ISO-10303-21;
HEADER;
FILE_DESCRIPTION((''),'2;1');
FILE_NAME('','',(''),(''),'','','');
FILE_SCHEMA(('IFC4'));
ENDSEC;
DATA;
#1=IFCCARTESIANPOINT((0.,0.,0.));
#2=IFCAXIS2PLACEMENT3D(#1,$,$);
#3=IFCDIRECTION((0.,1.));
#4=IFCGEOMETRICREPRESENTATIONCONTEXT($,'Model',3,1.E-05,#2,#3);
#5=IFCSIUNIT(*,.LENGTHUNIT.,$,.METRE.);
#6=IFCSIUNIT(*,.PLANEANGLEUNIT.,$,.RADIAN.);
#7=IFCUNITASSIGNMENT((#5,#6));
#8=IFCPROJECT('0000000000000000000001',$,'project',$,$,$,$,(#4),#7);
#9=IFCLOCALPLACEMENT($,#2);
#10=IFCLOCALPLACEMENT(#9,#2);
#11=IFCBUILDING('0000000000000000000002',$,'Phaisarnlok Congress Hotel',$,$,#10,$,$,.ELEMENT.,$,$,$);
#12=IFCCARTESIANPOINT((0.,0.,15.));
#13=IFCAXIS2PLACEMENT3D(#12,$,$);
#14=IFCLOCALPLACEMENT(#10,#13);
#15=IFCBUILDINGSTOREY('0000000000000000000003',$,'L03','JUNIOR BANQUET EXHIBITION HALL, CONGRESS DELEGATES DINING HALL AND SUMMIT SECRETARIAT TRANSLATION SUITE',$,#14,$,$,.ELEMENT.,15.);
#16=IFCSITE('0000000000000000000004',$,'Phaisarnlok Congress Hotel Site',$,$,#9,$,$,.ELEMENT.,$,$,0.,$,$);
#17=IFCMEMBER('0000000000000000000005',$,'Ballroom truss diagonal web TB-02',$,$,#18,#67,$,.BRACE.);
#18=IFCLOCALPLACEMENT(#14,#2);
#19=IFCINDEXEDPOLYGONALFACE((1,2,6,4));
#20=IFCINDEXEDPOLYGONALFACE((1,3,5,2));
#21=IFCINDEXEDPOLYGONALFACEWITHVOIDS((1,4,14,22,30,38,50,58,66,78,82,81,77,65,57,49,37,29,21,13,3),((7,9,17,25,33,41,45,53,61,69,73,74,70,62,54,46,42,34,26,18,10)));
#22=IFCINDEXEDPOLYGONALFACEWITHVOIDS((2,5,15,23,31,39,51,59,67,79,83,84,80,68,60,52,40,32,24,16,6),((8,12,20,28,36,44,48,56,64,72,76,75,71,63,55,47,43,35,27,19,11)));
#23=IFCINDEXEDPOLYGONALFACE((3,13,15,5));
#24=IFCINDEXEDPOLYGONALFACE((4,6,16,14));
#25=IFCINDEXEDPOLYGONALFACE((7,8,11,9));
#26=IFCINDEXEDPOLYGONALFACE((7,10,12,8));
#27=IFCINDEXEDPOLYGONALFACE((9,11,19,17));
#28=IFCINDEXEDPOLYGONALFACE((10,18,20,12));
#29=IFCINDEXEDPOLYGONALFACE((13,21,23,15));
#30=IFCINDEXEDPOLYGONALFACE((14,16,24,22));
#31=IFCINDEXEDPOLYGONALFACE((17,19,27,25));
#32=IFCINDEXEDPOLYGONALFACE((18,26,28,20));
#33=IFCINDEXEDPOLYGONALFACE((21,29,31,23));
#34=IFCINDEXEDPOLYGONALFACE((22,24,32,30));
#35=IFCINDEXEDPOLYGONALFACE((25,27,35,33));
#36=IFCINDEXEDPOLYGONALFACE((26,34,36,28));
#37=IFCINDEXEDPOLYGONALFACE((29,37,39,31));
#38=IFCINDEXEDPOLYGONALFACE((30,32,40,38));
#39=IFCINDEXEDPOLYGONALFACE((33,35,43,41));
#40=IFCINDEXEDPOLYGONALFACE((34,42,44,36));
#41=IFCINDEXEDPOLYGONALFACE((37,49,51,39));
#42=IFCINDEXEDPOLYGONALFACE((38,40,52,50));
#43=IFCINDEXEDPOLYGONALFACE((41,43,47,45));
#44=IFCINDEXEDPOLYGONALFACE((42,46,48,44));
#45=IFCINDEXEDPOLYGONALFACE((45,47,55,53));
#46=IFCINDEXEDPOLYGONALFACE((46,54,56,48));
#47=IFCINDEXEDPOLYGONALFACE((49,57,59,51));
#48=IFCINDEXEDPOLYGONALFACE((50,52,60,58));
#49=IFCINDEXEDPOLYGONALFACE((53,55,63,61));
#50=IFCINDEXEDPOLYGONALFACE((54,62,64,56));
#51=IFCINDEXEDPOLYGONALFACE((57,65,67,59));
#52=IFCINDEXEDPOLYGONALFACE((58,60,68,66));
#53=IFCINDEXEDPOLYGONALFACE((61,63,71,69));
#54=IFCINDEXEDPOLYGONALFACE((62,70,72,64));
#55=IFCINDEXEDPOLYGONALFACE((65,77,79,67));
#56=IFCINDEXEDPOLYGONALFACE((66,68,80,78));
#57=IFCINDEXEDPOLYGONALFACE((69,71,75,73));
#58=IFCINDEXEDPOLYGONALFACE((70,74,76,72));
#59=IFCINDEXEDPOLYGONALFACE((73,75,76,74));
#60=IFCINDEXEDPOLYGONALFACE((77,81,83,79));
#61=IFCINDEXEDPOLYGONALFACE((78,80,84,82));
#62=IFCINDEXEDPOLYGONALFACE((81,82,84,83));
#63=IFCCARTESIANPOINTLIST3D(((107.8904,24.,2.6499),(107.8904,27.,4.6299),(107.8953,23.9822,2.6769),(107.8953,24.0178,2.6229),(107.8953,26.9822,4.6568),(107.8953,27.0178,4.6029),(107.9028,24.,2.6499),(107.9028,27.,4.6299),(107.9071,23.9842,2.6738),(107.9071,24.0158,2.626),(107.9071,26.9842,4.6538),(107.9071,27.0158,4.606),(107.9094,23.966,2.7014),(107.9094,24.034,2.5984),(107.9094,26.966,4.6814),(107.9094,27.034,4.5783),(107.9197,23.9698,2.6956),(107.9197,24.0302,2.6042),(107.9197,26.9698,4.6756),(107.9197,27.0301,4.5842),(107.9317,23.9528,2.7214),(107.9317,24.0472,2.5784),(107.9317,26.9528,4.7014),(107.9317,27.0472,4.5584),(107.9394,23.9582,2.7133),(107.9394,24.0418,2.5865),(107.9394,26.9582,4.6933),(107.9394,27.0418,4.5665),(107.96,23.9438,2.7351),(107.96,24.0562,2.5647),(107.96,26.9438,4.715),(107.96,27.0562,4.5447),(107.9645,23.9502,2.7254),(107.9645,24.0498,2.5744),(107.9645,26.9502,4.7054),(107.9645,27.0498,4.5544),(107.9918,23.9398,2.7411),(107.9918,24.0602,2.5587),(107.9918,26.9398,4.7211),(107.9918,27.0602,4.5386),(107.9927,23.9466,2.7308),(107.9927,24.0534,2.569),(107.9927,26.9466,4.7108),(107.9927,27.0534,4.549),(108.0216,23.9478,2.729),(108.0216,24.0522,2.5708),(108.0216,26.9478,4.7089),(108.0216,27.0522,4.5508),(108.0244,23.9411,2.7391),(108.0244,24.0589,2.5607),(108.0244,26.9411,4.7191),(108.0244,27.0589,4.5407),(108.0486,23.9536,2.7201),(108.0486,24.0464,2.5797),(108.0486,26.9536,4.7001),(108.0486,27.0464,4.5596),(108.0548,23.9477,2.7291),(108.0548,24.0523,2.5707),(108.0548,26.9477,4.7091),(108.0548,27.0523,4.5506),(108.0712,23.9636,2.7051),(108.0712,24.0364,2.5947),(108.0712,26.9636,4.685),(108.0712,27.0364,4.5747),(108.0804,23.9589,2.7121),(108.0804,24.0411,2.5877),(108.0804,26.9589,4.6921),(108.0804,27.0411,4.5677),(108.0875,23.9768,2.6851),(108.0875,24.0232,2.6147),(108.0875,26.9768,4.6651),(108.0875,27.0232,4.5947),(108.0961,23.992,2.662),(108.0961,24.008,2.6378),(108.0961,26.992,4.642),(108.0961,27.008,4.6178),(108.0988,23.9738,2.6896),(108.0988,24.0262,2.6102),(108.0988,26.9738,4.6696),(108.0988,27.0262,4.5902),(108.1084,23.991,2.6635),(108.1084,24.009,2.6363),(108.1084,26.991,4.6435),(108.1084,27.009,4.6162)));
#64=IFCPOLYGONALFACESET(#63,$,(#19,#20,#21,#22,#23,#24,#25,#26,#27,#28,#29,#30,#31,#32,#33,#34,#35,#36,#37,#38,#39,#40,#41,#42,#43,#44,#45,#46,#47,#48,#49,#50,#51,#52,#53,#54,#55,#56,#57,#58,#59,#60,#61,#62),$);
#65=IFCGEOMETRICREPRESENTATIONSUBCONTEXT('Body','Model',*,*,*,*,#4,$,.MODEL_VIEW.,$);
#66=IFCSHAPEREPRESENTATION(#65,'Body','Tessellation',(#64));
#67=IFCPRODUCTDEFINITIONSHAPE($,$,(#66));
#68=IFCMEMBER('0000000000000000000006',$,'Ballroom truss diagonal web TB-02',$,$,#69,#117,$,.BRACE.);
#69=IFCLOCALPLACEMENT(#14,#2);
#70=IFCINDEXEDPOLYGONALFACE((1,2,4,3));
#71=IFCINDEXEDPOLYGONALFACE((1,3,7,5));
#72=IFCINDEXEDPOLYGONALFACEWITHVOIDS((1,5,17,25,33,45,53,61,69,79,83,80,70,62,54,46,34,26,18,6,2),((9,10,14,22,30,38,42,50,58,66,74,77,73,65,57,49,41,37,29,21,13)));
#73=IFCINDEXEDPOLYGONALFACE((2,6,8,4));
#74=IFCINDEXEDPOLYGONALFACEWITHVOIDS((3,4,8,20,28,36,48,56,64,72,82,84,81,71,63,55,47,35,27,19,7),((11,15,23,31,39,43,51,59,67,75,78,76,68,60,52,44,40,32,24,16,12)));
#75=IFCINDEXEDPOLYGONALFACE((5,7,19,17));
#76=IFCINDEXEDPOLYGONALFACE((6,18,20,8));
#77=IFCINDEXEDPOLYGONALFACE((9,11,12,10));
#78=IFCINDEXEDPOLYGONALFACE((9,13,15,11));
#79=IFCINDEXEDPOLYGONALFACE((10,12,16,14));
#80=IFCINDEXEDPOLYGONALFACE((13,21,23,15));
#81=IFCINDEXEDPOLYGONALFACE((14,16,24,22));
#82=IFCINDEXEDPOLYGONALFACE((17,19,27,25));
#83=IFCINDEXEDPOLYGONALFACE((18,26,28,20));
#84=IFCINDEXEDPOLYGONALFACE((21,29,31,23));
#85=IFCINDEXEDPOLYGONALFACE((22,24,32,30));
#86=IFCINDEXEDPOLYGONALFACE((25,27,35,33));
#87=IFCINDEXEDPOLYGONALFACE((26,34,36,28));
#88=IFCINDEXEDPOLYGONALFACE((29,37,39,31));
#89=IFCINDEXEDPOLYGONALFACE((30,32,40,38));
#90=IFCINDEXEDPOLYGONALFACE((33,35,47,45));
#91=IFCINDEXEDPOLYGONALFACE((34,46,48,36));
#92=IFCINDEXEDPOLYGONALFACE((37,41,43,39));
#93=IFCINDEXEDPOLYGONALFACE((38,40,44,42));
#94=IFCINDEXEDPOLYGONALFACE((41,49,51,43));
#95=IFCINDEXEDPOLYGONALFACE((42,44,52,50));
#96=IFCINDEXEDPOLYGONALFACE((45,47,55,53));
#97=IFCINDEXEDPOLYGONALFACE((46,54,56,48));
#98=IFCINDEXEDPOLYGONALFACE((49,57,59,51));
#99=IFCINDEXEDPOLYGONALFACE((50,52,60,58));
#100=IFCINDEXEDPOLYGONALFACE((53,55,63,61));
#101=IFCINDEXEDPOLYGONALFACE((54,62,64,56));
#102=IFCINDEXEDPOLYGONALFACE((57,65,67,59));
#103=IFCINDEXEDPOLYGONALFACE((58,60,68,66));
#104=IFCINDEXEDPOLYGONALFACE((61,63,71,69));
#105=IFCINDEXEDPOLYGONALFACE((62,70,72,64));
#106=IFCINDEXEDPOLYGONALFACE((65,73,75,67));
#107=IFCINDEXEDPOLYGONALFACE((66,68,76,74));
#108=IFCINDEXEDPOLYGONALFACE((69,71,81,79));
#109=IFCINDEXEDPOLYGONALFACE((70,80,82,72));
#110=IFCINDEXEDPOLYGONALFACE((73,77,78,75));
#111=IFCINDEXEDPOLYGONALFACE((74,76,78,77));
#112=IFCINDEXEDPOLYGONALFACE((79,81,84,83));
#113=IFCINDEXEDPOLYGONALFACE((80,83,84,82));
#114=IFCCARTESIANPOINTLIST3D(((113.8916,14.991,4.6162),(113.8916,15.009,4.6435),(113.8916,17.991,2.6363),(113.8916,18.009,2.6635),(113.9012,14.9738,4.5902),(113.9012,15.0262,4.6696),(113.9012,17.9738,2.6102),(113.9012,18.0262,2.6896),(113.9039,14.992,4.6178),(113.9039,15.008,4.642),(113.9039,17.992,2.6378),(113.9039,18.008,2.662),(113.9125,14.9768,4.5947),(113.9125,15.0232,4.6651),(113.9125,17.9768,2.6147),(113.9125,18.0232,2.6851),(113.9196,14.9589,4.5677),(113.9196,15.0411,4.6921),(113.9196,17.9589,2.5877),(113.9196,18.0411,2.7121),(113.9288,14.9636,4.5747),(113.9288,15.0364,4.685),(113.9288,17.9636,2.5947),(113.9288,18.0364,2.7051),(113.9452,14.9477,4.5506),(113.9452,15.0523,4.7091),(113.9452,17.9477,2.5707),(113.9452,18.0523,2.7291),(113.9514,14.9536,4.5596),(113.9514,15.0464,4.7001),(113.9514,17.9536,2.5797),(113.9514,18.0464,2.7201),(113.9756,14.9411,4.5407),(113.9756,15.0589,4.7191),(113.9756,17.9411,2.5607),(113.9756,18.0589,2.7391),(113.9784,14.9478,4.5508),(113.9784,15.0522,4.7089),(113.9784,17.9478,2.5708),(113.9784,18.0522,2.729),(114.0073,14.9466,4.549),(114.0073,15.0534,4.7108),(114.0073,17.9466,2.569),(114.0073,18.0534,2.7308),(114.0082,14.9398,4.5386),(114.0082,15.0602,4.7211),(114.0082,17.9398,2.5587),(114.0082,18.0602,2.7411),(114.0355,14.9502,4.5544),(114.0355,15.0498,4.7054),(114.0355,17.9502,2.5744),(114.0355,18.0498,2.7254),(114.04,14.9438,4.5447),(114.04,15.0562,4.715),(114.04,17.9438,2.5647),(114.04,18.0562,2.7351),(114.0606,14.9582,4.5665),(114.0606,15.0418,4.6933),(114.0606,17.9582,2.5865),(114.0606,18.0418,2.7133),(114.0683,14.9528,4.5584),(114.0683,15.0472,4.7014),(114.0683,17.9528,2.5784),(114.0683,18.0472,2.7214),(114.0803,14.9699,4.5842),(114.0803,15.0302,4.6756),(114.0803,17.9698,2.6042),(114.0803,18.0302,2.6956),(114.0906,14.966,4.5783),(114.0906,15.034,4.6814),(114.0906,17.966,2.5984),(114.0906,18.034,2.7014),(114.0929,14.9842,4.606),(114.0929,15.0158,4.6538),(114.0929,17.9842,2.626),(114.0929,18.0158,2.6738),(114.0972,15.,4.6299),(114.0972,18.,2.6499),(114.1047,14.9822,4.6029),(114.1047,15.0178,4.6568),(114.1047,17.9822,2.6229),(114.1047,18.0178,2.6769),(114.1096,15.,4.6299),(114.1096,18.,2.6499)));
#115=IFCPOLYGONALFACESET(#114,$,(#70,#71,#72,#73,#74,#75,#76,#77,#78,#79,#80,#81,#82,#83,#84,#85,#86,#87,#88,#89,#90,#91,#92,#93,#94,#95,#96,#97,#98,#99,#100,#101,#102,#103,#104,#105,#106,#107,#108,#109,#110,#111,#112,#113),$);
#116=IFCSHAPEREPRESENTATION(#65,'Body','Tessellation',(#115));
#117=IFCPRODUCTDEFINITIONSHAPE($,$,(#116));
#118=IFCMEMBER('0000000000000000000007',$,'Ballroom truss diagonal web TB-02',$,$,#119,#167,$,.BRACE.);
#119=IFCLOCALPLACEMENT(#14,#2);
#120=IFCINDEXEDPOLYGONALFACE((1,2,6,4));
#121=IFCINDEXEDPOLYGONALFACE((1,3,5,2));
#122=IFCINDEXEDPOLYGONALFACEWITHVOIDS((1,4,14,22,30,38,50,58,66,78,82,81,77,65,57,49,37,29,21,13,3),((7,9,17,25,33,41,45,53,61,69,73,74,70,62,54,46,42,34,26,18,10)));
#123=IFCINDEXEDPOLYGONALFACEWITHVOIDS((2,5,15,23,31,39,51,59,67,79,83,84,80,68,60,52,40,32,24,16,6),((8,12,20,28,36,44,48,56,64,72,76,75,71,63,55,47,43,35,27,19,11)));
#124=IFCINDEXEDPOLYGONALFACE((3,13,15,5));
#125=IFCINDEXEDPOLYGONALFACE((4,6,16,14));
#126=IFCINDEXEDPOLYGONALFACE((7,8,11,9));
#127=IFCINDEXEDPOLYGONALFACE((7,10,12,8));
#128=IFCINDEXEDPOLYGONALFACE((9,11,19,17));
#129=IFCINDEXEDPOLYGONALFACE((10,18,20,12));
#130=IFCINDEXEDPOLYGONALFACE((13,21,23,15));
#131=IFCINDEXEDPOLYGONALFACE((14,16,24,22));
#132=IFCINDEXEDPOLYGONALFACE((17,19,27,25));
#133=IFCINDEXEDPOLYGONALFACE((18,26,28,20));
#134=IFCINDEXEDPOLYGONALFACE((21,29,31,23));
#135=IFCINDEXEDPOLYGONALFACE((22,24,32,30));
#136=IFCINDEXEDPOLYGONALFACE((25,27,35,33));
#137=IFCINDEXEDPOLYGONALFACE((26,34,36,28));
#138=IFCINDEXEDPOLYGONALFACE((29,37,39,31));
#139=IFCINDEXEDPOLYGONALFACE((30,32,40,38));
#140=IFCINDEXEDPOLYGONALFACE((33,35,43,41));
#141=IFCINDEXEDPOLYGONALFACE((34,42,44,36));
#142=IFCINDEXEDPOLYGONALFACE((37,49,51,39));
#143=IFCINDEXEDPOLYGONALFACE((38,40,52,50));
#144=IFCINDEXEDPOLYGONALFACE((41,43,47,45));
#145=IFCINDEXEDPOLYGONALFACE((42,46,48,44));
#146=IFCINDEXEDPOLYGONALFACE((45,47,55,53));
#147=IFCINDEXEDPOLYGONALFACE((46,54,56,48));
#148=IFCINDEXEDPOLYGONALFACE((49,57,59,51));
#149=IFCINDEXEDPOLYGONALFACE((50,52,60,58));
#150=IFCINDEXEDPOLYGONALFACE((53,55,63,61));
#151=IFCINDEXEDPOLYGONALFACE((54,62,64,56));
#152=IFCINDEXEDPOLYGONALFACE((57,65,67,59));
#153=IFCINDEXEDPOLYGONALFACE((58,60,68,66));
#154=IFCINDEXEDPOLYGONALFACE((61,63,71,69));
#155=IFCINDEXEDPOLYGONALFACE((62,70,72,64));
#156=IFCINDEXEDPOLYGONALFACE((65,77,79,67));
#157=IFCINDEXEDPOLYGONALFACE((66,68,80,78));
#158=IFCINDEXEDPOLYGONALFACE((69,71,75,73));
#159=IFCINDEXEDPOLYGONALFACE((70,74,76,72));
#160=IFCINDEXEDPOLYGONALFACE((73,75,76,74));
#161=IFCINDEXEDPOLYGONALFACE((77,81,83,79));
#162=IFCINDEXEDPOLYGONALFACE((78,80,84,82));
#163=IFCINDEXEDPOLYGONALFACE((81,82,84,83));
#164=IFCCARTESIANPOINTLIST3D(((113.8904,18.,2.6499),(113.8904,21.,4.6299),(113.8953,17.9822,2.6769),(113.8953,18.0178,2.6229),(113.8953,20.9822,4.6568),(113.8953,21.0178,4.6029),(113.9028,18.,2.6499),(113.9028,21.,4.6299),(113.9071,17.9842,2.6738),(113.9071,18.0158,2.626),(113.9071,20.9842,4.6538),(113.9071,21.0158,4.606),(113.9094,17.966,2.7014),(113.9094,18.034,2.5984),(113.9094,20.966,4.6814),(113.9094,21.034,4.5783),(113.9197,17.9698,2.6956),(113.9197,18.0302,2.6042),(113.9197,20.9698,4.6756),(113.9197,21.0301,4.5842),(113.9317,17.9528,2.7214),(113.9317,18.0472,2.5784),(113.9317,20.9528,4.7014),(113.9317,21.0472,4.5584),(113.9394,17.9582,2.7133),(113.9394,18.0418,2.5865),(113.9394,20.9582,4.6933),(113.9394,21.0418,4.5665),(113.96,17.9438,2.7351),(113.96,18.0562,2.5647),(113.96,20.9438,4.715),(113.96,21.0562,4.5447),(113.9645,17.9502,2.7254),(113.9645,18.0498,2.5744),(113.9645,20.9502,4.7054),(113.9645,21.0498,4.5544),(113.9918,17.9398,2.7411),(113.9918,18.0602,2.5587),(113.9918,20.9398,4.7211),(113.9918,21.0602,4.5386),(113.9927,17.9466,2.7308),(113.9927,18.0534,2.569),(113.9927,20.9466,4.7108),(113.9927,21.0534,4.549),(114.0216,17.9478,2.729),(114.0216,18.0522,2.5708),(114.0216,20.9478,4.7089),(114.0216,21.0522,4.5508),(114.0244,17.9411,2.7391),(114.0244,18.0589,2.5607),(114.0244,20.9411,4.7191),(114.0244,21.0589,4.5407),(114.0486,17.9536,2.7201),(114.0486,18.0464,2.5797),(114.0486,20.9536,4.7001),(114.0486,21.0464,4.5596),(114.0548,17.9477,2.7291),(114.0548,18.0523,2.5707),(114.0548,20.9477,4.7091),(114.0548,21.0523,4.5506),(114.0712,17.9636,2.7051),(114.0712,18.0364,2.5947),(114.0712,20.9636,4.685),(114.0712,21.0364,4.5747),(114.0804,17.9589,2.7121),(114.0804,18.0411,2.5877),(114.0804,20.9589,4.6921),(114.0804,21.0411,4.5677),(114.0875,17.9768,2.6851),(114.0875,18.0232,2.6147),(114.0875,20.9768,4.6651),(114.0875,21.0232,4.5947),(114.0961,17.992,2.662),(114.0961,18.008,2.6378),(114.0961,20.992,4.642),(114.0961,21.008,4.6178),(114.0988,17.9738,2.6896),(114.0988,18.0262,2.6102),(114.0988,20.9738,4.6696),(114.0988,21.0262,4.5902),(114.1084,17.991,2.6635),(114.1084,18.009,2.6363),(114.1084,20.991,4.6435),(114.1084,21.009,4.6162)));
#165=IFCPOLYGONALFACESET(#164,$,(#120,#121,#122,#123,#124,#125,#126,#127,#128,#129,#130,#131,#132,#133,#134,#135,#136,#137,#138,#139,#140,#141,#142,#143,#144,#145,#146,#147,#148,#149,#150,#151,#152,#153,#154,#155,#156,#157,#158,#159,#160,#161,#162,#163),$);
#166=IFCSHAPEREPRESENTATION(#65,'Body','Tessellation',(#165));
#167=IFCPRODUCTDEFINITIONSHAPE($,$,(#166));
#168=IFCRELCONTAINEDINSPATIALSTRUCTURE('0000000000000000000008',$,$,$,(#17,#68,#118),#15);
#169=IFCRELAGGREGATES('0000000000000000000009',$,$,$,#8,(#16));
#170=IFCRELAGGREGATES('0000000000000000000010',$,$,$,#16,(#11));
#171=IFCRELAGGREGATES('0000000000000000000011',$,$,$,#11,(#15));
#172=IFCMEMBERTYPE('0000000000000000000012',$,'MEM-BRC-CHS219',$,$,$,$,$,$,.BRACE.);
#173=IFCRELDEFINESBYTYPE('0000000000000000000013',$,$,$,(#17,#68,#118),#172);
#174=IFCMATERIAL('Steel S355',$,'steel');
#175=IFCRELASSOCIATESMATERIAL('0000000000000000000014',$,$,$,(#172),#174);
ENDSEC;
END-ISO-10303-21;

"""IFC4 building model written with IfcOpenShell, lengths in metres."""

from ifc_helpers import new_model, si_unit, direction, frame, origin, origin_2d, place, context, subcontext, project, spatial, hollow_circle, extrude, material, material_profile, profile_set, type_object, element, save


model = new_model("IFC4")

# Units and contexts
model_context = context("Model", 3, precision=1e-05, world=origin(), true_north=direction((0.0, 1.0)))
body_context = subcontext(model_context, "Body", "Model", "MODEL_VIEW")
ifc_project = project(units=[si_unit("LENGTHUNIT", "METRE"), si_unit("PLANEANGLEUNIT", "RADIAN")], contexts=[model_context])

# Site, building, storey
site_placement = place(None, origin())
site = spatial("IfcSite", under=ifc_project, at=site_placement, Name="Phaisarnlok Congress Hotel Site", CompositionType="ELEMENT", RefElevation=0.0)
building_placement = place(site_placement, origin())
building = spatial("IfcBuilding", under=site, at=building_placement, Name="Phaisarnlok Congress Hotel", CompositionType="ELEMENT")
storey_placement = place(building_placement, frame((0.0, 0.0, 15.0)))
storey = spatial("IfcBuildingStorey", under=building, at=storey_placement, Name="L03", Description="JUNIOR BANQUET EXHIBITION HALL, CONGRESS DELEGATES DINING HALL AND SUMMIT SECRETARIAT TRANSLATION SUITE", CompositionType="ELEMENT", Elevation=15.0)

# Members
ifc_material = material(Name="Steel S355", Category="steel")
ifc_material_profile_1 = material_profile(ifc_material, hollow_circle(Radius=0.1096, WallThickness=0.0125, at=origin_2d()), Name="CHS 219.1x12.5")
ifc_profile_set_1 = profile_set([ifc_material_profile_1], Name="Steel S355")
member_type_1 = type_object("IfcMemberType", Name="MEM-BRC-CHS219", PredefinedType="BRACE", material=ifc_profile_set_1)
for number, where, z_axis, x_axis, name in (
    (1, (108.0, 24.0, 2.6499), (0.0, 0.834612, 0.550838), (-1.0, 0.0, 0.0), "Ballroom truss diagonal web TB-02"),
    (2, (114.0, 18.0, 2.6499), (0.0, -0.834612, 0.550838), (1.0, 0.0, 0.0), "Ballroom truss diagonal web TB-02"),
    (3, (114.0, 18.0, 2.6499), (0.0, 0.834612, 0.550838), (-1.0, 0.0, 0.0), "Ballroom truss diagonal web TB-02"),
):
    element("IfcMember", number, at=place(storey_placement, frame(where, z_axis=z_axis, x_axis=x_axis)), inside=storey, type_object=member_type_1, Name=name, PredefinedType="BRACE", context=body_context, shape_type="SweptSolid", body=[
        extrude(hollow_circle(Radius=0.1096, WallThickness=0.0125, at=origin_2d()), origin(), (0.0, 0.0, 1.0), 3.5945),
    ])

save(model, "model.ifc")
